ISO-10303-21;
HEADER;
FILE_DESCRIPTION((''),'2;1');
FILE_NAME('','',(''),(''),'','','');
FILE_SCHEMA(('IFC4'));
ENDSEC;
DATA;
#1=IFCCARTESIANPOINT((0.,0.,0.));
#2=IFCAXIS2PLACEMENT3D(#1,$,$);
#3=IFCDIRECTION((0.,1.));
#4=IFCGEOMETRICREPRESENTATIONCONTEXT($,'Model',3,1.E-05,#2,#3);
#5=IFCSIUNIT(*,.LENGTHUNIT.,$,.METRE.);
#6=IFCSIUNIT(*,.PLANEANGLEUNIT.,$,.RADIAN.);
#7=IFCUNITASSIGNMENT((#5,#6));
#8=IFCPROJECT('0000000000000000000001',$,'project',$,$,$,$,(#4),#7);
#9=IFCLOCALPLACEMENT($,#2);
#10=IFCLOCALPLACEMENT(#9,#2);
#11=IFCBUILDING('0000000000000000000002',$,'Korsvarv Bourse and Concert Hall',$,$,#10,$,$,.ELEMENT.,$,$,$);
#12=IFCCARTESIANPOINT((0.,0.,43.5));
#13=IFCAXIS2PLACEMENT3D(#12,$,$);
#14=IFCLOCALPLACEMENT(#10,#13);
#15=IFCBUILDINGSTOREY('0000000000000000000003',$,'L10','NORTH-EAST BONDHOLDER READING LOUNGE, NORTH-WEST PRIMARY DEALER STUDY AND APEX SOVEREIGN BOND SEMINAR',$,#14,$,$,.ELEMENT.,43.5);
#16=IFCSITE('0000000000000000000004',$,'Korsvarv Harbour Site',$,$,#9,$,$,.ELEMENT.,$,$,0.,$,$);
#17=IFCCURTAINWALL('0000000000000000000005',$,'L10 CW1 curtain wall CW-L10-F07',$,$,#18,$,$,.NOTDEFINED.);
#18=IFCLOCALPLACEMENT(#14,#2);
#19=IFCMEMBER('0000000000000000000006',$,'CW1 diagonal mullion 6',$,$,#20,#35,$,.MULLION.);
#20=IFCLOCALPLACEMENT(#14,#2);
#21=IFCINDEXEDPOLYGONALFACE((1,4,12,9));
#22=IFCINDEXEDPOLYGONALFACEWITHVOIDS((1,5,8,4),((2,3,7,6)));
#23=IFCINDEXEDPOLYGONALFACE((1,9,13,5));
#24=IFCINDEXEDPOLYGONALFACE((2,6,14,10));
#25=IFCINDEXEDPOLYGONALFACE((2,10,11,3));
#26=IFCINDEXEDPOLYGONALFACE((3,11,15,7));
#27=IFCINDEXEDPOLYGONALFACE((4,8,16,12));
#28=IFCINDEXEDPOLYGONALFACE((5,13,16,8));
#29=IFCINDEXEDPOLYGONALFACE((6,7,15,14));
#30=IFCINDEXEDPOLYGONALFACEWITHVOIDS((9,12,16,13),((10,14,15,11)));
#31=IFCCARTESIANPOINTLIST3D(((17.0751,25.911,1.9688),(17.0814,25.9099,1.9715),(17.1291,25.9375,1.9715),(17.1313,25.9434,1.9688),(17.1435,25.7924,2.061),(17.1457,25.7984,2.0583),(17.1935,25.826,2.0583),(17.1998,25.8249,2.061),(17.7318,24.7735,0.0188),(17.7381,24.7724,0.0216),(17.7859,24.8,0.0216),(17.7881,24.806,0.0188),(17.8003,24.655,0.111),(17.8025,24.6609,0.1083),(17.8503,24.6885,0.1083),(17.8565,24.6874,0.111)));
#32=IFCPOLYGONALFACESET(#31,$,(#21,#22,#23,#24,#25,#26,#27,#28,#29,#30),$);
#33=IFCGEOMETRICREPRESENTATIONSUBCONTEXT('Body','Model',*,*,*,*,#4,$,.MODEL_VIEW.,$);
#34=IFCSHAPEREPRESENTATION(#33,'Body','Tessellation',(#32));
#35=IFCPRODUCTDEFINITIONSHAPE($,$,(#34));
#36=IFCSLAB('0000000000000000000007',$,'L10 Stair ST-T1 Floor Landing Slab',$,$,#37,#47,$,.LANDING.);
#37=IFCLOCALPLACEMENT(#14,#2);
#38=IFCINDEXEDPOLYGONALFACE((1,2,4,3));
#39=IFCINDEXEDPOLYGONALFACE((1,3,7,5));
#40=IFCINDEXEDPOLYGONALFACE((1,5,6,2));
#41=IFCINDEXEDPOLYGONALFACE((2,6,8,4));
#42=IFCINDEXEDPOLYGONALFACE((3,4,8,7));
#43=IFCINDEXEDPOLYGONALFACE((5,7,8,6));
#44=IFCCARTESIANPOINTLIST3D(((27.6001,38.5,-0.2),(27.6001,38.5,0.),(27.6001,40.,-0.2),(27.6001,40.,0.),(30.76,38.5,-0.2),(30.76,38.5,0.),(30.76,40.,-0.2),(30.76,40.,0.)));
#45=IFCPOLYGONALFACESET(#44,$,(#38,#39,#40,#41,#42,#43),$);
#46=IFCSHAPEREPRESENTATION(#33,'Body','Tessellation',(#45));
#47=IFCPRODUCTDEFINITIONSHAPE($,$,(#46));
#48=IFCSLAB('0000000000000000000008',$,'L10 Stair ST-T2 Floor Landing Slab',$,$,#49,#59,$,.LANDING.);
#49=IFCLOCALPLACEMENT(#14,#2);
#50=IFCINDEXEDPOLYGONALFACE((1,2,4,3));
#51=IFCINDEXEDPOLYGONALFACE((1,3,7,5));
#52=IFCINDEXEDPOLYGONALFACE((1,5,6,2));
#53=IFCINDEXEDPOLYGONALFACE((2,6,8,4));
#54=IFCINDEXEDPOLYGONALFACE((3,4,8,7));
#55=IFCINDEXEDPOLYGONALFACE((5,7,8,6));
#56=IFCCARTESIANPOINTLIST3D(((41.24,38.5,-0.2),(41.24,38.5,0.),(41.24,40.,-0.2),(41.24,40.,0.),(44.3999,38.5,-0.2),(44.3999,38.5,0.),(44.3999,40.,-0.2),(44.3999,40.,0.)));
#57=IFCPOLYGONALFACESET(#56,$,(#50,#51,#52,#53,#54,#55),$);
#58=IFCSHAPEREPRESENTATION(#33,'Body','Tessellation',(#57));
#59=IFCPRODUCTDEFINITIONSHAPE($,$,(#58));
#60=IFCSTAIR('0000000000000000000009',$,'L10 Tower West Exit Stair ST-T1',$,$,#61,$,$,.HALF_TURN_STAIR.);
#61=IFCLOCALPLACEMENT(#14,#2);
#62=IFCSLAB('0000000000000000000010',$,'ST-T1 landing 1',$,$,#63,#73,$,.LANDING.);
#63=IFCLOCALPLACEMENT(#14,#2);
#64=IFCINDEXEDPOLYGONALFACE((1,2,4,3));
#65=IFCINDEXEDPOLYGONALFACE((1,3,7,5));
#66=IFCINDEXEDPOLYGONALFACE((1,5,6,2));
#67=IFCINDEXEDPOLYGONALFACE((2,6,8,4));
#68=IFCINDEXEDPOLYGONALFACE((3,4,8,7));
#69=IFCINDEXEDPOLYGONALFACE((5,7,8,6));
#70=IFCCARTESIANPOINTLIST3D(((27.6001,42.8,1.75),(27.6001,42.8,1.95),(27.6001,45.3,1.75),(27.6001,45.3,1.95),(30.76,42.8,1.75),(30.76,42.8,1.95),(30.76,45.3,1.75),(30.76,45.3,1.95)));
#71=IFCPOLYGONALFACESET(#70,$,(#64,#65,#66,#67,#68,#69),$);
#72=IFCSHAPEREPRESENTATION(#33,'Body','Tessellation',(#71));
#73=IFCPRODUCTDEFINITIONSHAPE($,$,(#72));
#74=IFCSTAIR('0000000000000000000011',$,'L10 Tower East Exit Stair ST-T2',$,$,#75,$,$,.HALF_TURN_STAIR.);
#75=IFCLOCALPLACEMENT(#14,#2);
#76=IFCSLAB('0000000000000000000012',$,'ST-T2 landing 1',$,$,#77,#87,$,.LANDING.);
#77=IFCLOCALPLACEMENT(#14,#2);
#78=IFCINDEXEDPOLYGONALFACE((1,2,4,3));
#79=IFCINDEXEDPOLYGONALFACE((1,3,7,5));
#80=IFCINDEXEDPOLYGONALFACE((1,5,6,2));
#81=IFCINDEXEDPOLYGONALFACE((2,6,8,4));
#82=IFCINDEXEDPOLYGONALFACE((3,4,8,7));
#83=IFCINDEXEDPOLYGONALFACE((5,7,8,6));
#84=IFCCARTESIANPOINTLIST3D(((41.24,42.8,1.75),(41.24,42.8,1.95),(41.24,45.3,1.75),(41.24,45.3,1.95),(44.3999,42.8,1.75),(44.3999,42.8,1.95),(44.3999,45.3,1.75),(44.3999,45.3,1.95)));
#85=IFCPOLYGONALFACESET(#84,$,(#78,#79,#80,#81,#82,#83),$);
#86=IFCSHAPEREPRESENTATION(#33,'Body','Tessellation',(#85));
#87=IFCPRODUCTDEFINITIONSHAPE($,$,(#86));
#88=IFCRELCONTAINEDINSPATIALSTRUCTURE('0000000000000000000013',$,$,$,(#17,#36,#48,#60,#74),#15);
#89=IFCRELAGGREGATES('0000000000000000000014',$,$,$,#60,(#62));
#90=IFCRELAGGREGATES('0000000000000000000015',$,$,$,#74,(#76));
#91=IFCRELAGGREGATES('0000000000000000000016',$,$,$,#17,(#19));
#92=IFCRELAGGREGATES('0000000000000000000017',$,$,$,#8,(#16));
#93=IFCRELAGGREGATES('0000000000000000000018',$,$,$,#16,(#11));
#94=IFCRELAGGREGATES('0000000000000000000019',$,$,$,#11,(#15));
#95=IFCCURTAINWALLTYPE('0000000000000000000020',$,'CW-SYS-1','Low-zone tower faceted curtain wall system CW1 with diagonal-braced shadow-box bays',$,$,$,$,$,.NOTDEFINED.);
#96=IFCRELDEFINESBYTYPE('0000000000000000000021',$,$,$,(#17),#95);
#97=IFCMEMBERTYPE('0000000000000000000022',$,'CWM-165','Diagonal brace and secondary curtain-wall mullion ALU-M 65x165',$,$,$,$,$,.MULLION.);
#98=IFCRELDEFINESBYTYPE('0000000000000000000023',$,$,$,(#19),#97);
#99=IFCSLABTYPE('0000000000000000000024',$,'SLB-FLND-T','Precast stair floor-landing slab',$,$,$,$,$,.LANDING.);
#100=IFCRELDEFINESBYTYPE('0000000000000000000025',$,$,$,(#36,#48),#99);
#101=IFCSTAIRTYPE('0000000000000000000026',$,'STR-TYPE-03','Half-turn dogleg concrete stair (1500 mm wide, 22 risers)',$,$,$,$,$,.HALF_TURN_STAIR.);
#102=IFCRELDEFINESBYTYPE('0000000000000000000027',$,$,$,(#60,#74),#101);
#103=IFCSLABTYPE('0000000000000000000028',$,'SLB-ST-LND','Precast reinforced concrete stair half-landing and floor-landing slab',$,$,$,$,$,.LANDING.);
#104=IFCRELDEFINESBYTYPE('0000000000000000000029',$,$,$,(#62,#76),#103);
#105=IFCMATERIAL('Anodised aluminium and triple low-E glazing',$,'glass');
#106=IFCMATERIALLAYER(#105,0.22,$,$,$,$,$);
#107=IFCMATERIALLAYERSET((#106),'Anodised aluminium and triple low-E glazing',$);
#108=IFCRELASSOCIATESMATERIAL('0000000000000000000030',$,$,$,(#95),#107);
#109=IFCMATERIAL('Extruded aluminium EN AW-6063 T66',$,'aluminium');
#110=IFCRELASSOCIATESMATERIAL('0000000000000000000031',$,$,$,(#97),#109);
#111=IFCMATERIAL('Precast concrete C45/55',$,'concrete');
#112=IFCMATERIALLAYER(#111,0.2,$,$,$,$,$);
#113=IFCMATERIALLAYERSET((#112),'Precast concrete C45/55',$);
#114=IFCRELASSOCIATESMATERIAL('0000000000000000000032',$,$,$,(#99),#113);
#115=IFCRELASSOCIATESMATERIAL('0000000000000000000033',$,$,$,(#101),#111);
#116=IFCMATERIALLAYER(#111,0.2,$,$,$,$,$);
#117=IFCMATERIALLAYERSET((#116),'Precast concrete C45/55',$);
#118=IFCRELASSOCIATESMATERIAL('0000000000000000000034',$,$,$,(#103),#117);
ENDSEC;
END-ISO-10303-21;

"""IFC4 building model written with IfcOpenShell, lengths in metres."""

from ifc_helpers import new_model, si_unit, direction, frame, origin, origin_2d, place, context, subcontext, project, spatial, polyline, hollow_rectangle, outline, extrude, source, transform, mapped, material, layer, layer_set, material_profile, profile_set, type_object, element, aggregate, save


model = new_model("IFC4")

# Units and contexts
model_context = context("Model", 3, precision=1e-05, world=origin(), true_north=direction((0.0, 1.0)))
body_context = subcontext(model_context, "Body", "Model", "MODEL_VIEW")
ifc_project = project(units=[si_unit("LENGTHUNIT", "METRE"), si_unit("PLANEANGLEUNIT", "RADIAN")], contexts=[model_context])

# Site, building, storey
site_placement = place(None, origin())
site = spatial("IfcSite", under=ifc_project, at=site_placement, Name="Korsvarv Harbour Site", CompositionType="ELEMENT", RefElevation=0.0)
building_placement = place(site_placement, origin())
building = spatial("IfcBuilding", under=site, at=building_placement, Name="Korsvarv Bourse and Concert Hall", CompositionType="ELEMENT")
storey_placement = place(building_placement, frame((0.0, 0.0, 43.5)))
storey = spatial("IfcBuildingStorey", under=building, at=storey_placement, Name="L10", Description="NORTH-EAST BONDHOLDER READING LOUNGE, NORTH-WEST PRIMARY DEALER STUDY AND APEX SOVEREIGN BOND SEMINAR", CompositionType="ELEMENT", Elevation=43.5)

# Curtain wall, member
ifc_material_1 = material(Name="Anodised aluminium and triple low-E glazing", Category="glass")
ifc_layer_1 = layer(ifc_material_1, 0.22)
ifc_layer_set_1 = layer_set([ifc_layer_1], Name="Anodised aluminium and triple low-E glazing")
curtain_wall_type = type_object("IfcCurtainWallType", Name="CW-SYS-1", Description="Low-zone tower faceted curtain wall system CW1 with diagonal-braced shadow-box bays", PredefinedType="NOTDEFINED", material=ifc_layer_set_1)
curtain_wall_placement = place(storey_placement, origin())
curtain_wall = element("IfcCurtainWall", 1, at=curtain_wall_placement, inside=storey, type_object=curtain_wall_type, Name="L10 CW1 curtain wall CW-L10-F07", PredefinedType="NOTDEFINED")
ifc_material_2 = material(Name="Extruded aluminium EN AW-6063 T66", Category="aluminium")
ifc_material_profile = material_profile(ifc_material_2, hollow_rectangle(XDim=0.0649, YDim=0.165, WallThickness=0.0049, at=origin_2d()), Name="ALU-M 65x165")
ifc_profile_set = profile_set([ifc_material_profile], Name="Extruded aluminium EN AW-6063 T66")
member_type = type_object("IfcMemberType", Name="CWM-165", Description="Diagonal brace and secondary curtain-wall mullion ALU-M 65x165", PredefinedType="MULLION", material=ifc_profile_set)
shared_shape_1 = source(origin(), body_context, "Body", "SweptSolid", [
    extrude(hollow_rectangle(XDim=0.0649, YDim=0.165, WallThickness=0.0049, at=origin_2d()), origin(), (0.0, 0.0, 1.0), 2.3511),
])
member_placement = place(storey_placement, frame((17.7942, 24.7305, 0.0649), z_axis=(-0.279339, 0.483807, 0.829398), x_axis=(-0.866015, -0.500017, 0.0)))
member = element("IfcMember", 2, at=member_placement, type_object=member_type, Name="CW1 diagonal mullion 6", PredefinedType="MULLION", context=body_context, shape_type="MappedRepresentation", body=[
    mapped(shared_shape_1, transform((0.0, 0.0, 0.0), scale=1.0)),
])

# Slabs
ifc_material_3 = material(Name="Precast concrete C45/55", Category="concrete")
ifc_layer_2 = layer(ifc_material_3, 0.2)
ifc_layer_set_2 = layer_set([ifc_layer_2], Name="Precast concrete C45/55")
slab_type_1 = type_object("IfcSlabType", Name="SLB-FLND-T", Description="Precast stair floor-landing slab", PredefinedType="LANDING", material=ifc_layer_set_2)
slab_1_placement = place(storey_placement, frame((0.0, 0.0, -0.2)))
element("IfcSlab", 3, at=slab_1_placement, inside=storey, type_object=slab_type_1, Name="L10 Stair ST-T1 Floor Landing Slab", PredefinedType="LANDING", context=body_context, shape_type="SweptSolid", body=[
    extrude(outline(polyline([(30.76, 38.5), (30.76, 40.0), (27.6001, 40.0), (27.6001, 38.5), (30.76, 38.5)])), origin(), (0.0, 0.0, 1.0), 0.2),
])
slab_2_placement = place(storey_placement, frame((0.0, 0.0, -0.2)))
element("IfcSlab", 4, at=slab_2_placement, inside=storey, type_object=slab_type_1, Name="L10 Stair ST-T2 Floor Landing Slab", PredefinedType="LANDING", context=body_context, shape_type="SweptSolid", body=[
    extrude(outline(polyline([(44.3999, 38.5), (44.3999, 40.0), (41.24, 40.0), (41.24, 38.5), (44.3999, 38.5)])), origin(), (0.0, 0.0, 1.0), 0.2),
])

# Stairs, slabs
stair_type = type_object("IfcStairType", Name="STR-TYPE-03", Description="Half-turn dogleg concrete stair (1500 mm wide, 22 risers)", PredefinedType="HALF_TURN_STAIR", material=ifc_material_3)
stair_1_placement = place(storey_placement, origin())
stair_1 = element("IfcStair", 5, at=stair_1_placement, inside=storey, type_object=stair_type, Name="L10 Tower West Exit Stair ST-T1", PredefinedType="HALF_TURN_STAIR")
ifc_layer_3 = layer(ifc_material_3, 0.2)
ifc_layer_set_3 = layer_set([ifc_layer_3], Name="Precast concrete C45/55")
slab_type_2 = type_object("IfcSlabType", Name="SLB-ST-LND", Description="Precast reinforced concrete stair half-landing and floor-landing slab", PredefinedType="LANDING", material=ifc_layer_set_3)
slab_3_placement = place(storey_placement, frame((0.0, 0.0, 1.75)))
slab_3 = element("IfcSlab", 6, at=slab_3_placement, type_object=slab_type_2, Name="ST-T1 landing 1", PredefinedType="LANDING", context=body_context, shape_type="SweptSolid", body=[
    extrude(outline(polyline([(30.76, 42.8), (30.76, 45.3), (27.6001, 45.3), (27.6001, 42.8), (30.76, 42.8)])), origin(), (0.0, 0.0, 1.0), 0.2),
])
aggregate(stair_1, [slab_3])
stair_2_placement = place(storey_placement, origin())
stair_2 = element("IfcStair", 7, at=stair_2_placement, inside=storey, type_object=stair_type, Name="L10 Tower East Exit Stair ST-T2", PredefinedType="HALF_TURN_STAIR")
slab_4_placement = place(storey_placement, frame((0.0, 0.0, 1.75)))
slab_4 = element("IfcSlab", 8, at=slab_4_placement, type_object=slab_type_2, Name="ST-T2 landing 1", PredefinedType="LANDING", context=body_context, shape_type="SweptSolid", body=[
    extrude(outline(polyline([(44.3999, 42.8), (44.3999, 45.3), (41.24, 45.3), (41.24, 42.8), (44.3999, 42.8)])), origin(), (0.0, 0.0, 1.0), 0.2),
])
aggregate(stair_2, [slab_4])

aggregate(curtain_wall, [member])

save(model, "model.ifc")
